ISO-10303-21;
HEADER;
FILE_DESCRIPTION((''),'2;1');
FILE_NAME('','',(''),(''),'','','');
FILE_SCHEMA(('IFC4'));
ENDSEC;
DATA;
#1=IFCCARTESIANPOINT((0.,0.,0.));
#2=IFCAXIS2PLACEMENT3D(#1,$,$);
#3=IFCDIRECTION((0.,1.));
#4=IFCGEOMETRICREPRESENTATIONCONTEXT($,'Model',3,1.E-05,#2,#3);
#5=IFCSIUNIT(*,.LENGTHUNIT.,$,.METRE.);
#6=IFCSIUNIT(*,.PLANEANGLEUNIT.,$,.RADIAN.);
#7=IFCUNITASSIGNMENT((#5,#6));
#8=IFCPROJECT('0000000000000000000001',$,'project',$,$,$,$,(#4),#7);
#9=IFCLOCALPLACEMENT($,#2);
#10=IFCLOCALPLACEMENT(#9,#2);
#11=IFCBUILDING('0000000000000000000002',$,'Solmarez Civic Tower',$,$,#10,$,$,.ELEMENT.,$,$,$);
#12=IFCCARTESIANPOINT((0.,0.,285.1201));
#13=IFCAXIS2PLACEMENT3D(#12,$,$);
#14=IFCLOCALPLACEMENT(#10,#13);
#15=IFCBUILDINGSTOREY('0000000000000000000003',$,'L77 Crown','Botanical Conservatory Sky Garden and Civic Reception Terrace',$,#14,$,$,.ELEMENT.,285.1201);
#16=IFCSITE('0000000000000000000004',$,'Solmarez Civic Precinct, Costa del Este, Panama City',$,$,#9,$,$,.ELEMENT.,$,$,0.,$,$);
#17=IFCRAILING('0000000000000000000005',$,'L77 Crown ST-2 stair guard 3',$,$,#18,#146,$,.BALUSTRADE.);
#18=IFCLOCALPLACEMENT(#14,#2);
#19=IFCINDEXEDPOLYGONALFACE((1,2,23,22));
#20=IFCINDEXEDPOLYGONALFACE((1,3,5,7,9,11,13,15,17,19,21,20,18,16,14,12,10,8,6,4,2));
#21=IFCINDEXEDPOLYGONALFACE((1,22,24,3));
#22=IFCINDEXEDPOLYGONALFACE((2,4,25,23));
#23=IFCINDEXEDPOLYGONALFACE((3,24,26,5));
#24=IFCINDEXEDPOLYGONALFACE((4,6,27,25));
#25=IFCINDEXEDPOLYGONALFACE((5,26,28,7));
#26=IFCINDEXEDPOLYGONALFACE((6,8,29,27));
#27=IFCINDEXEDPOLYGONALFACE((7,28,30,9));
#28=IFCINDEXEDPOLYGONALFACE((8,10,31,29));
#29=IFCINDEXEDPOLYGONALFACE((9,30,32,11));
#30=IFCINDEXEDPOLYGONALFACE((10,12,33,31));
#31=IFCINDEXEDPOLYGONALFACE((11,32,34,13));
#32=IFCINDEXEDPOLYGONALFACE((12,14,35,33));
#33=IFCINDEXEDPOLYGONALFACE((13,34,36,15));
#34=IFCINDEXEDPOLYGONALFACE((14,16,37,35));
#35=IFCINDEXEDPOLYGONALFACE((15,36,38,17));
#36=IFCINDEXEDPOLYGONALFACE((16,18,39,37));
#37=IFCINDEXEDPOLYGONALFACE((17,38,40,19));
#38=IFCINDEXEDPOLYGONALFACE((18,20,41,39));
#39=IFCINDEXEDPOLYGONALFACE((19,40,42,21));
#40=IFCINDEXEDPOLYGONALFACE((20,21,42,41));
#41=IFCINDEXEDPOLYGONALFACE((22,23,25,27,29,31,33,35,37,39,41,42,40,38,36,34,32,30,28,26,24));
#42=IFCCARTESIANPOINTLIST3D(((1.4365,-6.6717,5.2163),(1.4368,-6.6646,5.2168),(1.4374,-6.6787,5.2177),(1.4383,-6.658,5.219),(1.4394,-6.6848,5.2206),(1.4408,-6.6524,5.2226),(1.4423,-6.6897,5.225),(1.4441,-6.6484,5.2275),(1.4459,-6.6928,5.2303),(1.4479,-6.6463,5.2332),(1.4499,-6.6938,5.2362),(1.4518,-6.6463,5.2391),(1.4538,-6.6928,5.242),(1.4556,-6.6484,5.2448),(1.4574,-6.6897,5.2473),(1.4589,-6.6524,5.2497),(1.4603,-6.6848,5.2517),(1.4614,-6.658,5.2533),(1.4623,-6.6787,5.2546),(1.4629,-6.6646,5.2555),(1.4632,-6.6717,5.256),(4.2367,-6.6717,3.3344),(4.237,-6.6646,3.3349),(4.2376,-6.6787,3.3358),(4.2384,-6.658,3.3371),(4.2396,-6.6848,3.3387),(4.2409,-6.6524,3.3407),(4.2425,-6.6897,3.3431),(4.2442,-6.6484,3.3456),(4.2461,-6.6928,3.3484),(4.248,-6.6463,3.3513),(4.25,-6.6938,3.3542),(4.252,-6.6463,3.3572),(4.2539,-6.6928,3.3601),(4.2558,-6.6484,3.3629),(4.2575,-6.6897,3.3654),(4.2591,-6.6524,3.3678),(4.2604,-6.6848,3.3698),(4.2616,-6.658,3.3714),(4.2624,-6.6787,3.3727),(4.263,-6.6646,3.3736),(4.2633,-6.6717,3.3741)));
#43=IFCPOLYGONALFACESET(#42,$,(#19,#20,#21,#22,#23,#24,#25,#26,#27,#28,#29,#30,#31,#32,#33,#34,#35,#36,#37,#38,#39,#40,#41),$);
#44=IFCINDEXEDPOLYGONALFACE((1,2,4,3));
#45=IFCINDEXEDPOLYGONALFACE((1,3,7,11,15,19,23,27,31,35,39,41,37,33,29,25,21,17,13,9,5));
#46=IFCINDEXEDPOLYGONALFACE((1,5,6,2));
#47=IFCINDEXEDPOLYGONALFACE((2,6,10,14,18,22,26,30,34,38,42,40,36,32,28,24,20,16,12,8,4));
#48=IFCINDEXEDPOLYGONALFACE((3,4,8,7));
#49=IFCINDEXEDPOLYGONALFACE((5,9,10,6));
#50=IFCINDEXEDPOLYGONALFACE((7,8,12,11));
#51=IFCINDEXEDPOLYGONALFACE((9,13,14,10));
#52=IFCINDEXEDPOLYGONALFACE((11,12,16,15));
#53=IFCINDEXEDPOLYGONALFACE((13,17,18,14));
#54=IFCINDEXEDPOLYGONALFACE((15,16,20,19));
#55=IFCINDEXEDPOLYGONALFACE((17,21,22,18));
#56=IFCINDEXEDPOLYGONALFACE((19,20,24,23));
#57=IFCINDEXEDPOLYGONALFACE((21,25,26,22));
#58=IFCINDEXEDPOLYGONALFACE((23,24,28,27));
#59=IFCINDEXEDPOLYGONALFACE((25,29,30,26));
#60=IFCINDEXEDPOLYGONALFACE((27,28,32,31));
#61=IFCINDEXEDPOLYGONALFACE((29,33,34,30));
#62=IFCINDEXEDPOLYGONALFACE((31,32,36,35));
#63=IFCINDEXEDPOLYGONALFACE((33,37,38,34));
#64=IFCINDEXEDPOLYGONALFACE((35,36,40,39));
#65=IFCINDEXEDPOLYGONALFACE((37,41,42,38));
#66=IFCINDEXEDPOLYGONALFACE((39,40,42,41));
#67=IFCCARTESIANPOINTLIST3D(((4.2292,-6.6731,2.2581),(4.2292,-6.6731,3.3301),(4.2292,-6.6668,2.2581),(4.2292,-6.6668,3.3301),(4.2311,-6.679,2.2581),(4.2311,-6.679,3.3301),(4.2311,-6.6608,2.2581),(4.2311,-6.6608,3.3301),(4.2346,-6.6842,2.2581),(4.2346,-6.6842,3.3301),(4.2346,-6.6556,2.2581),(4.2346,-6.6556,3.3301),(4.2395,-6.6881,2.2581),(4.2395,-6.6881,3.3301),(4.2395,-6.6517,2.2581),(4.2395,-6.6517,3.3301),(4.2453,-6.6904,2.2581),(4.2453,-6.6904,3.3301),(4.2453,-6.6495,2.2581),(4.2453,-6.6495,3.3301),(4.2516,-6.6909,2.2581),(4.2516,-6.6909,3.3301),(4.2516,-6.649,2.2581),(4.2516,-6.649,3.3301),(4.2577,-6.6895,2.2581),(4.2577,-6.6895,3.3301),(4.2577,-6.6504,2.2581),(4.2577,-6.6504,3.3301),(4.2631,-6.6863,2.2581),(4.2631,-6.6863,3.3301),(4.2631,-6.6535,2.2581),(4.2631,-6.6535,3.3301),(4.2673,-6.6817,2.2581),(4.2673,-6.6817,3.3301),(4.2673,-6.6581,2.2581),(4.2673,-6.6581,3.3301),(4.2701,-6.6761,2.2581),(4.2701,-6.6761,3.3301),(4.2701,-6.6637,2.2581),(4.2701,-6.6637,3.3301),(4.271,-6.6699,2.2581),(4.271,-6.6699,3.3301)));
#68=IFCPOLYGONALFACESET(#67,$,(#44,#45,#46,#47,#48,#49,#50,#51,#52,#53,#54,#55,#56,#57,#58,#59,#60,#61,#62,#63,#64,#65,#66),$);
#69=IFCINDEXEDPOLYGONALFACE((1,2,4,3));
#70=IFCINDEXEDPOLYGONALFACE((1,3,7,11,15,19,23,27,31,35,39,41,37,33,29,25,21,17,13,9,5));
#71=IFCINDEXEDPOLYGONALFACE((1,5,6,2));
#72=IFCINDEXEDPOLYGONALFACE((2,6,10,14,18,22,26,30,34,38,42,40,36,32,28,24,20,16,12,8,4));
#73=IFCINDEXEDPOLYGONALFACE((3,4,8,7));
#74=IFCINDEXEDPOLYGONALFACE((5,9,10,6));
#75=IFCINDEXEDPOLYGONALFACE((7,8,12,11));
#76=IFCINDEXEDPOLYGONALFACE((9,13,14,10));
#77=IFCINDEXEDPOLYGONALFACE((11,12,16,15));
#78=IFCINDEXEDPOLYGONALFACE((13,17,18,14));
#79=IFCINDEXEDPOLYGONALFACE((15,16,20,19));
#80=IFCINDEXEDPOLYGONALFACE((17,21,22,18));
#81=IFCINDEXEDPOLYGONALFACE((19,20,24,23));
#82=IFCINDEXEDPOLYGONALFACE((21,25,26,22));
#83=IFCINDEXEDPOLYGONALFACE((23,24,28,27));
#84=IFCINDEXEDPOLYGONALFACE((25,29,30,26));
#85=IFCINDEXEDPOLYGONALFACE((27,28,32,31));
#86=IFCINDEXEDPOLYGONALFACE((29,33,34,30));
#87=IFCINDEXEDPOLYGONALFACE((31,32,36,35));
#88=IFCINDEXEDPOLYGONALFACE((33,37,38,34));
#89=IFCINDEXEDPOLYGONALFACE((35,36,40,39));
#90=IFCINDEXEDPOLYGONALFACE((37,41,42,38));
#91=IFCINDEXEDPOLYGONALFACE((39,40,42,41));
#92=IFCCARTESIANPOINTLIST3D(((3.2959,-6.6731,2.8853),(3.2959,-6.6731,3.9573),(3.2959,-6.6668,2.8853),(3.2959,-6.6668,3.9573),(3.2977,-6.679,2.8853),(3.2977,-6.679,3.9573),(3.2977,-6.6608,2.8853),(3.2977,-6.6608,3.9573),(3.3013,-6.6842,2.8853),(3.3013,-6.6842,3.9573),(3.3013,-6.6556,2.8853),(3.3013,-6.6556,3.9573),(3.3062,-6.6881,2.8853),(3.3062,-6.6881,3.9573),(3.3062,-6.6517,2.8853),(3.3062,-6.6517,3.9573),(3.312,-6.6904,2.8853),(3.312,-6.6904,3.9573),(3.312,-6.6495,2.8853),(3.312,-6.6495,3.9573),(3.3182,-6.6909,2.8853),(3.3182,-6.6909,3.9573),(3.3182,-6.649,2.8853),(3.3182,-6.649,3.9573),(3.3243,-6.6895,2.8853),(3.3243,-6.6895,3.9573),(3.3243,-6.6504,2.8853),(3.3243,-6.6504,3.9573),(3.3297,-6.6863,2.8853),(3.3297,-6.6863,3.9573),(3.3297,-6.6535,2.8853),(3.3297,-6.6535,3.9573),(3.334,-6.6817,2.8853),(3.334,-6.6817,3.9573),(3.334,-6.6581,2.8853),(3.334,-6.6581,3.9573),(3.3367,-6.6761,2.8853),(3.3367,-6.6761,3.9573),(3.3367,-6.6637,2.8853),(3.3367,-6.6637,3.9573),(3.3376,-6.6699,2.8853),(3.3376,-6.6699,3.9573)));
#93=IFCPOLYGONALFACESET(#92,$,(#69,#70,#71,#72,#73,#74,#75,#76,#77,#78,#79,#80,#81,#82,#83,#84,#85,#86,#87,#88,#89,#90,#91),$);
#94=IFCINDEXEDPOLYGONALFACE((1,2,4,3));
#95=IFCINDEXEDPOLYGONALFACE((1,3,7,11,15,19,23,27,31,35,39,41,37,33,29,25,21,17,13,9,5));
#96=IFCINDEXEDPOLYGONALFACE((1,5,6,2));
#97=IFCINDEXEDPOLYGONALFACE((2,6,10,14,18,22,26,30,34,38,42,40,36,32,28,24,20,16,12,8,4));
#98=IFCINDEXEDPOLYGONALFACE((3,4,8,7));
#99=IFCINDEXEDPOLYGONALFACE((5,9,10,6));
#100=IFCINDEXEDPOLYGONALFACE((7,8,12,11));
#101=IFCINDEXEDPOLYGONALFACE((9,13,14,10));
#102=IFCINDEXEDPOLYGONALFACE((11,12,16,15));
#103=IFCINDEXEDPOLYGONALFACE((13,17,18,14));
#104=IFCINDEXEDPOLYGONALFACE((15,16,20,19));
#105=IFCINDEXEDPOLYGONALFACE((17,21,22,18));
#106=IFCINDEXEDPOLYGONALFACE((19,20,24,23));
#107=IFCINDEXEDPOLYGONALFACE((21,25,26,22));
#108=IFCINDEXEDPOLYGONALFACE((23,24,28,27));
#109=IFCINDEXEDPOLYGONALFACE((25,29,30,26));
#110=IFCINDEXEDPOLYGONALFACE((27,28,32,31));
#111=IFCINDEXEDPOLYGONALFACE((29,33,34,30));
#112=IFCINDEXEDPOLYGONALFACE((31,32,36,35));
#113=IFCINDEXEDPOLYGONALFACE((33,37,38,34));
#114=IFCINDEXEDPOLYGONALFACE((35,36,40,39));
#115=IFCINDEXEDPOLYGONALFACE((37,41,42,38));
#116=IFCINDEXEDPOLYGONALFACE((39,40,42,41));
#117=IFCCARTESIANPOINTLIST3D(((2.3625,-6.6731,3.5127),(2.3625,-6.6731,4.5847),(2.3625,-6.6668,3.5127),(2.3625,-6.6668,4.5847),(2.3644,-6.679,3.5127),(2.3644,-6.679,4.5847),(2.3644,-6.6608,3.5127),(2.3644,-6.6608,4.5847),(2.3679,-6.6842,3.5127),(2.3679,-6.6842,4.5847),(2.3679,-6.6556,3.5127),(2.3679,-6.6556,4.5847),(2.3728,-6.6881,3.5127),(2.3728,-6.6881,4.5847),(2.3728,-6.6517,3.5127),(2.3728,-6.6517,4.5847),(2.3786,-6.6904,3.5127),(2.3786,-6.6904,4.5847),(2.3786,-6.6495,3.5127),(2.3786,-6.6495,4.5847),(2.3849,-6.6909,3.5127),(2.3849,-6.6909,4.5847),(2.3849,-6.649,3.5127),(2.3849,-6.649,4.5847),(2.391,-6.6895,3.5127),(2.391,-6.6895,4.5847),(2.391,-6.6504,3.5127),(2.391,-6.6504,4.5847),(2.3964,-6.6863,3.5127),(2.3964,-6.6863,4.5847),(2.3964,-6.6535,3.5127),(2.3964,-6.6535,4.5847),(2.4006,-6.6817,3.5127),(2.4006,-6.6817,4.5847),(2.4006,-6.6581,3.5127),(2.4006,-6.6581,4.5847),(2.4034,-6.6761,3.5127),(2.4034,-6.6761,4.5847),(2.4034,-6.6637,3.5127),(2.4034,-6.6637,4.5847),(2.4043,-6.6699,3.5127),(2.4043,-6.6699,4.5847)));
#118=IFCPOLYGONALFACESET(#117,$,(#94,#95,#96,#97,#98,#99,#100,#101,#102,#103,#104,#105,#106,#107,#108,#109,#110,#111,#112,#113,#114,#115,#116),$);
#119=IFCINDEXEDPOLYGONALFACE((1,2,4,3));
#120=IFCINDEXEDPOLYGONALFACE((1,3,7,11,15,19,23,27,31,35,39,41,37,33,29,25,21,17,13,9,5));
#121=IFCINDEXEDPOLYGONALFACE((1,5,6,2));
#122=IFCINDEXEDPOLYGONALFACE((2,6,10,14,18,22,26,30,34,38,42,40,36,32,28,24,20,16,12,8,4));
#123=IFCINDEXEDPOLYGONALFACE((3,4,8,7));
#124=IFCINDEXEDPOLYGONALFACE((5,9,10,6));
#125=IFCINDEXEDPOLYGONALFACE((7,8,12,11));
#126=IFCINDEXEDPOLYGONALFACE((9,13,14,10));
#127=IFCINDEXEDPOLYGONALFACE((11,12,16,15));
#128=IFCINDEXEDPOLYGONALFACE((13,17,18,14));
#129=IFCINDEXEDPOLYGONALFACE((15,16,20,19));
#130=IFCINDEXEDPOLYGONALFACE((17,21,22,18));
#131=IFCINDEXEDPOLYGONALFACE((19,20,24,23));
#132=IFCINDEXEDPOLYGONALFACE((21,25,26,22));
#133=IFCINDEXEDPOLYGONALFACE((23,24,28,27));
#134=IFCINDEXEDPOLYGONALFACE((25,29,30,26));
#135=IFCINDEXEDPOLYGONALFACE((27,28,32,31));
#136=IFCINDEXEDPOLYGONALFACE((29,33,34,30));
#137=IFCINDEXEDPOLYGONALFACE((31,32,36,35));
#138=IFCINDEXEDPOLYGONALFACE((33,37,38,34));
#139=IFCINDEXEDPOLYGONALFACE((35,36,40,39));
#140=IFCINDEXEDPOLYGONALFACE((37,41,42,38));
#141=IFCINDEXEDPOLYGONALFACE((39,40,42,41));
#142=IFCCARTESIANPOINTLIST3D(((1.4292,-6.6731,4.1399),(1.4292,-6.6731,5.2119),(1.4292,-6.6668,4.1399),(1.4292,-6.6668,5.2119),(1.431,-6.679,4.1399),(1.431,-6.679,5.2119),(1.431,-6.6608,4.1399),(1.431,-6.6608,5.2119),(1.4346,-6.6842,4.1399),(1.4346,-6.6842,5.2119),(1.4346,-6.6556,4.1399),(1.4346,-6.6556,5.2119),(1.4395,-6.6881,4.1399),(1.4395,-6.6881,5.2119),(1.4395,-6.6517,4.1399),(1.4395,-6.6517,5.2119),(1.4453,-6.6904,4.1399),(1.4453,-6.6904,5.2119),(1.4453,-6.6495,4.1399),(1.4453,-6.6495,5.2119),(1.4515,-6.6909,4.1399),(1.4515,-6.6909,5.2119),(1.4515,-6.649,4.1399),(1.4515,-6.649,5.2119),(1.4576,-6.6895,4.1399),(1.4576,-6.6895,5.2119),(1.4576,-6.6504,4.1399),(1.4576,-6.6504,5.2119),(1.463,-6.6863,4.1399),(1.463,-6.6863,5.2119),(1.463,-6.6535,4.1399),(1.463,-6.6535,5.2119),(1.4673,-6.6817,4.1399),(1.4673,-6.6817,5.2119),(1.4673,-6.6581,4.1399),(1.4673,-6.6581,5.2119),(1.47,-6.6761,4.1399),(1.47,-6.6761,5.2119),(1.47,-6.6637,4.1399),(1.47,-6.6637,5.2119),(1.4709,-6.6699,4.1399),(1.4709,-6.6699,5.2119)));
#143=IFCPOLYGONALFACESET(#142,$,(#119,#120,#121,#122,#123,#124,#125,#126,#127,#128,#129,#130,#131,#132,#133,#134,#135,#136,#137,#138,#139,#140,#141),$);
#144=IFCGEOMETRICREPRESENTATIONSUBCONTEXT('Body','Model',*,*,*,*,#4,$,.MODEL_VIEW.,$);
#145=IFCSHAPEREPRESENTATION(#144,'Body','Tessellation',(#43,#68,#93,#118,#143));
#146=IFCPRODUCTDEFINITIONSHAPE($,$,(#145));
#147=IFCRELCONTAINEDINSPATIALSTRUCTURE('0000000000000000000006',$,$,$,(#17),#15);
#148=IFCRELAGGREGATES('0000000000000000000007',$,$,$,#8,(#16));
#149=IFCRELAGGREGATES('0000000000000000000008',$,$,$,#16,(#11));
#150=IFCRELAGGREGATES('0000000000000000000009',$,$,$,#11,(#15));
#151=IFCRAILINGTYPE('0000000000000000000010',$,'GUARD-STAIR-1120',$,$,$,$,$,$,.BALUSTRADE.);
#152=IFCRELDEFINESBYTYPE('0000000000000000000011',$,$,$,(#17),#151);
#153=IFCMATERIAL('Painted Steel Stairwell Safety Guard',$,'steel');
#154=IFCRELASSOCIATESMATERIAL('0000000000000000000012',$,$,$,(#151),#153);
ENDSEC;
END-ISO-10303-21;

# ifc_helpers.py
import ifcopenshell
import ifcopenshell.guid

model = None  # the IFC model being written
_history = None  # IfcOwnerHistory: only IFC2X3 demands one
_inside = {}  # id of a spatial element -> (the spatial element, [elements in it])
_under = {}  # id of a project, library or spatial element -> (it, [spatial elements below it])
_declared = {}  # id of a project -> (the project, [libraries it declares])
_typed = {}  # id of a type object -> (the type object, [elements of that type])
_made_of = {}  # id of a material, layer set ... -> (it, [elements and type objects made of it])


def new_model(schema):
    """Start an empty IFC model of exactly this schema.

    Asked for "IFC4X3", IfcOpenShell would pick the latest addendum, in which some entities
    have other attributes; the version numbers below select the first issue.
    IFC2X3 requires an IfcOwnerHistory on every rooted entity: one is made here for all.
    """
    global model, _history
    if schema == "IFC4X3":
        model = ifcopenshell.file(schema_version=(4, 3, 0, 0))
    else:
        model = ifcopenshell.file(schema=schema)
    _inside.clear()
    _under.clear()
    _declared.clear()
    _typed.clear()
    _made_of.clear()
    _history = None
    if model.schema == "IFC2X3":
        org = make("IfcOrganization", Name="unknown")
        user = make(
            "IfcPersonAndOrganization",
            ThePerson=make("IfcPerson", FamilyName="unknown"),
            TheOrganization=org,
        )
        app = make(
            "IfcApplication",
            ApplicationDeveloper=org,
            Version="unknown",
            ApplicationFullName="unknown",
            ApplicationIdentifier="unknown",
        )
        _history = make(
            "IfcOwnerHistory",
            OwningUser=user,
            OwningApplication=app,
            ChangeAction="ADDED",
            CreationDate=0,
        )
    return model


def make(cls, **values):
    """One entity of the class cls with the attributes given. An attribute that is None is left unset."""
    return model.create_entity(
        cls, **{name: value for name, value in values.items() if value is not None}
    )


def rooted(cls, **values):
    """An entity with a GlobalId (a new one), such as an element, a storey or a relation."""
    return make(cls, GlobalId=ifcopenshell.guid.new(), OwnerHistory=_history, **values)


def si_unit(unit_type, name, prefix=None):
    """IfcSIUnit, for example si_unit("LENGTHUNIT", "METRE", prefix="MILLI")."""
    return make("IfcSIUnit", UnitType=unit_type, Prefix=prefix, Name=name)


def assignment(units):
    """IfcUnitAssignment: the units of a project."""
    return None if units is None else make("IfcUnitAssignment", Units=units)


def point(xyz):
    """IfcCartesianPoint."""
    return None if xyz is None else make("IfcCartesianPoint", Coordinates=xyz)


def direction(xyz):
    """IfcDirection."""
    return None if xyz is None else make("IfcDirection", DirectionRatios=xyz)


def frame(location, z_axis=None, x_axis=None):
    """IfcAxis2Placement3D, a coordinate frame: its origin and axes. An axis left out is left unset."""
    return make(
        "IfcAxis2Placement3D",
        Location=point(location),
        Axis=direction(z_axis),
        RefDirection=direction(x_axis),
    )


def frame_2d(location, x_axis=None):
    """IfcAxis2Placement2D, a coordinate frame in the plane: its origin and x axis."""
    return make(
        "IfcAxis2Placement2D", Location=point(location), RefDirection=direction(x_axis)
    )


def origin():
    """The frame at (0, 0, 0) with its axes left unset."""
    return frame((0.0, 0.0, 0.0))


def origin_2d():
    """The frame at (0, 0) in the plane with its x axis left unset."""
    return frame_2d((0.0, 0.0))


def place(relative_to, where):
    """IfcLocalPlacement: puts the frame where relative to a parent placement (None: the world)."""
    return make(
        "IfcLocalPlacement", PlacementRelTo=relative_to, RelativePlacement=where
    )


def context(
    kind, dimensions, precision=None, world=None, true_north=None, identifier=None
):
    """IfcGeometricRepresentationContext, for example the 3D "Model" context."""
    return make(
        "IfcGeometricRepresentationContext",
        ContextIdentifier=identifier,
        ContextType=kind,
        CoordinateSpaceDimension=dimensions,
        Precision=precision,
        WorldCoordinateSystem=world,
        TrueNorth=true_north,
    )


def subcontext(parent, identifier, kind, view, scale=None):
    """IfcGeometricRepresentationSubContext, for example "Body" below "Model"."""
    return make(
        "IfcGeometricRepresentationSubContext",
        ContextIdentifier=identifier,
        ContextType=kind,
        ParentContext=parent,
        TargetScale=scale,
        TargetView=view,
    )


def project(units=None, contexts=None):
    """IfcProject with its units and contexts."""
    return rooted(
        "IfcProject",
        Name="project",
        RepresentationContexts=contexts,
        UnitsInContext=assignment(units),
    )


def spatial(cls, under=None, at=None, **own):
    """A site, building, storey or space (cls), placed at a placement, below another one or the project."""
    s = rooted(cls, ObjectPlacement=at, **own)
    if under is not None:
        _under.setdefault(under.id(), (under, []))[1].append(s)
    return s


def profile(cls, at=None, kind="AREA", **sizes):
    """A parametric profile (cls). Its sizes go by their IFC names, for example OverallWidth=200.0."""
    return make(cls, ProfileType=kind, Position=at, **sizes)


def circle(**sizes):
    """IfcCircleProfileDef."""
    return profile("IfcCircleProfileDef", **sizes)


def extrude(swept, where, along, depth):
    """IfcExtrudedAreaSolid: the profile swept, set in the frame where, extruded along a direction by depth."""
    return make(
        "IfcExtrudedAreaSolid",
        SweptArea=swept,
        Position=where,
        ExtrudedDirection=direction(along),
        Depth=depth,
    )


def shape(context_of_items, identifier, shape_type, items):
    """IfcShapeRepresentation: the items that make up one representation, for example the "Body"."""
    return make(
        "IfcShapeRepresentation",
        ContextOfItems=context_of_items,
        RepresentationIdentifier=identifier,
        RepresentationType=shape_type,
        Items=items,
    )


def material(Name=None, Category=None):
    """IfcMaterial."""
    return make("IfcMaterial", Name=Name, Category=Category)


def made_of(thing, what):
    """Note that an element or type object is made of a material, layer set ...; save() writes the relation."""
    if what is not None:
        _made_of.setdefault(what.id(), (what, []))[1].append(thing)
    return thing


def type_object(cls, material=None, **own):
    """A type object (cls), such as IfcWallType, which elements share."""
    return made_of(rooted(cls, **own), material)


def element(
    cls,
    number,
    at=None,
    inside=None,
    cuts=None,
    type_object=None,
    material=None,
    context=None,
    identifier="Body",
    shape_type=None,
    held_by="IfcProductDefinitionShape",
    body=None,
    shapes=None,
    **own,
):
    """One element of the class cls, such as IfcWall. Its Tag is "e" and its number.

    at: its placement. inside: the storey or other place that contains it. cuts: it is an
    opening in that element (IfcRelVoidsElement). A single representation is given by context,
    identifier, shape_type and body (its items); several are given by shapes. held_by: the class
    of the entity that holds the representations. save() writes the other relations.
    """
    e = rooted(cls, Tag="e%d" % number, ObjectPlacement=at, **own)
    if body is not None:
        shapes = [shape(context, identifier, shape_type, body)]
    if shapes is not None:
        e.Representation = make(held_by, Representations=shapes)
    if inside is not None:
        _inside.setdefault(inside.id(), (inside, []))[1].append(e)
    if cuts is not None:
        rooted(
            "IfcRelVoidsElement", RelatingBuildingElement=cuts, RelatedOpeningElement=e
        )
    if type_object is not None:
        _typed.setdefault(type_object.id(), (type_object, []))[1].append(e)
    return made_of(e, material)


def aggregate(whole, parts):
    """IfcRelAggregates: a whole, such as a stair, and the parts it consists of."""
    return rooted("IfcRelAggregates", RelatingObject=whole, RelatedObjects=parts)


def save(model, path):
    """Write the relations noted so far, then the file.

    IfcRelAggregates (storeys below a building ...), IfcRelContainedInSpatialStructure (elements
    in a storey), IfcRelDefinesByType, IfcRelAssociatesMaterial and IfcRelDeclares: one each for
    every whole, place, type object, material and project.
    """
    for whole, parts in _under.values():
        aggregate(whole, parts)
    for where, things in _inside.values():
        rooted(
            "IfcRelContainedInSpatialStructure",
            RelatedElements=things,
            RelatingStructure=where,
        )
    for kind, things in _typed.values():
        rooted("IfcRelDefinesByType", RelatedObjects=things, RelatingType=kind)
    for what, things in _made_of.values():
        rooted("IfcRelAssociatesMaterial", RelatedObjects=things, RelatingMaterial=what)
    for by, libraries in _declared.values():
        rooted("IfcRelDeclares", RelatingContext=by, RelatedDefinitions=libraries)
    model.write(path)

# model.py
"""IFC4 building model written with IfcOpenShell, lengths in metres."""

from ifc_helpers import new_model, si_unit, direction, frame, origin, origin_2d, place, context, subcontext, project, spatial, circle, extrude, material, type_object, element, save


model = new_model("IFC4")

# Units and contexts
model_context = context("Model", 3, precision=1e-05, world=origin(), true_north=direction((0.0, 1.0)))
body_context = subcontext(model_context, "Body", "Model", "MODEL_VIEW")
ifc_project = project(units=[si_unit("LENGTHUNIT", "METRE"), si_unit("PLANEANGLEUNIT", "RADIAN")], contexts=[model_context])

# Site, building, storey
site_placement = place(None, origin())
site = spatial("IfcSite", under=ifc_project, at=site_placement, Name="Solmarez Civic Precinct, Costa del Este, Panama City", CompositionType="ELEMENT", RefElevation=0.0)
building_placement = place(site_placement, origin())
building = spatial("IfcBuilding", under=site, at=building_placement, Name="Solmarez Civic Tower", CompositionType="ELEMENT")
storey_placement = place(building_placement, frame((0.0, 0.0, 285.1201)))
storey = spatial("IfcBuildingStorey", under=building, at=storey_placement, Name="L77 Crown", Description="Botanical Conservatory Sky Garden and Civic Reception Terrace", CompositionType="ELEMENT", Elevation=285.1201)

# Railing
ifc_material_1 = material(Name="Painted Steel Stairwell Safety Guard", Category="steel")
railing_type_1 = type_object("IfcRailingType", Name="GUARD-STAIR-1120", PredefinedType="BALUSTRADE", material=ifc_material_1)
railing_1_placement = place(storey_placement, frame((4.25, -6.6699, 2.2581)))
element("IfcRailing", 1, at=railing_1_placement, inside=storey, type_object=railing_type_1, Name="L77 Crown ST-2 stair guard 3", PredefinedType="BALUSTRADE", context=body_context, shape_type="SweptSolid", body=[
    extrude(circle(Radius=0.0239, at=origin_2d()), frame((0.0, 0.0, 1.0962), z_axis=(-0.829974, 0.0, 0.557803), x_axis=(0.0, -1.0, 0.0)), (0.0, 0.0, 1.0), 3.3738),
    extrude(circle(Radius=0.021, at=origin_2d()), origin(), (0.0, 0.0, 1.0), 1.072),
    extrude(circle(Radius=0.021, at=origin_2d()), frame((-0.9333, 0.0, 0.6272)), (0.0, 0.0, 1.0), 1.072),
    extrude(circle(Radius=0.021, at=origin_2d()), frame((-1.8667, 0.0, 1.2546)), (0.0, 0.0, 1.0), 1.072),
    extrude(circle(Radius=0.021, at=origin_2d()), frame((-2.8, 0.0, 1.8818)), (0.0, 0.0, 1.0), 1.072),
])

save(model, "model.ifc")
